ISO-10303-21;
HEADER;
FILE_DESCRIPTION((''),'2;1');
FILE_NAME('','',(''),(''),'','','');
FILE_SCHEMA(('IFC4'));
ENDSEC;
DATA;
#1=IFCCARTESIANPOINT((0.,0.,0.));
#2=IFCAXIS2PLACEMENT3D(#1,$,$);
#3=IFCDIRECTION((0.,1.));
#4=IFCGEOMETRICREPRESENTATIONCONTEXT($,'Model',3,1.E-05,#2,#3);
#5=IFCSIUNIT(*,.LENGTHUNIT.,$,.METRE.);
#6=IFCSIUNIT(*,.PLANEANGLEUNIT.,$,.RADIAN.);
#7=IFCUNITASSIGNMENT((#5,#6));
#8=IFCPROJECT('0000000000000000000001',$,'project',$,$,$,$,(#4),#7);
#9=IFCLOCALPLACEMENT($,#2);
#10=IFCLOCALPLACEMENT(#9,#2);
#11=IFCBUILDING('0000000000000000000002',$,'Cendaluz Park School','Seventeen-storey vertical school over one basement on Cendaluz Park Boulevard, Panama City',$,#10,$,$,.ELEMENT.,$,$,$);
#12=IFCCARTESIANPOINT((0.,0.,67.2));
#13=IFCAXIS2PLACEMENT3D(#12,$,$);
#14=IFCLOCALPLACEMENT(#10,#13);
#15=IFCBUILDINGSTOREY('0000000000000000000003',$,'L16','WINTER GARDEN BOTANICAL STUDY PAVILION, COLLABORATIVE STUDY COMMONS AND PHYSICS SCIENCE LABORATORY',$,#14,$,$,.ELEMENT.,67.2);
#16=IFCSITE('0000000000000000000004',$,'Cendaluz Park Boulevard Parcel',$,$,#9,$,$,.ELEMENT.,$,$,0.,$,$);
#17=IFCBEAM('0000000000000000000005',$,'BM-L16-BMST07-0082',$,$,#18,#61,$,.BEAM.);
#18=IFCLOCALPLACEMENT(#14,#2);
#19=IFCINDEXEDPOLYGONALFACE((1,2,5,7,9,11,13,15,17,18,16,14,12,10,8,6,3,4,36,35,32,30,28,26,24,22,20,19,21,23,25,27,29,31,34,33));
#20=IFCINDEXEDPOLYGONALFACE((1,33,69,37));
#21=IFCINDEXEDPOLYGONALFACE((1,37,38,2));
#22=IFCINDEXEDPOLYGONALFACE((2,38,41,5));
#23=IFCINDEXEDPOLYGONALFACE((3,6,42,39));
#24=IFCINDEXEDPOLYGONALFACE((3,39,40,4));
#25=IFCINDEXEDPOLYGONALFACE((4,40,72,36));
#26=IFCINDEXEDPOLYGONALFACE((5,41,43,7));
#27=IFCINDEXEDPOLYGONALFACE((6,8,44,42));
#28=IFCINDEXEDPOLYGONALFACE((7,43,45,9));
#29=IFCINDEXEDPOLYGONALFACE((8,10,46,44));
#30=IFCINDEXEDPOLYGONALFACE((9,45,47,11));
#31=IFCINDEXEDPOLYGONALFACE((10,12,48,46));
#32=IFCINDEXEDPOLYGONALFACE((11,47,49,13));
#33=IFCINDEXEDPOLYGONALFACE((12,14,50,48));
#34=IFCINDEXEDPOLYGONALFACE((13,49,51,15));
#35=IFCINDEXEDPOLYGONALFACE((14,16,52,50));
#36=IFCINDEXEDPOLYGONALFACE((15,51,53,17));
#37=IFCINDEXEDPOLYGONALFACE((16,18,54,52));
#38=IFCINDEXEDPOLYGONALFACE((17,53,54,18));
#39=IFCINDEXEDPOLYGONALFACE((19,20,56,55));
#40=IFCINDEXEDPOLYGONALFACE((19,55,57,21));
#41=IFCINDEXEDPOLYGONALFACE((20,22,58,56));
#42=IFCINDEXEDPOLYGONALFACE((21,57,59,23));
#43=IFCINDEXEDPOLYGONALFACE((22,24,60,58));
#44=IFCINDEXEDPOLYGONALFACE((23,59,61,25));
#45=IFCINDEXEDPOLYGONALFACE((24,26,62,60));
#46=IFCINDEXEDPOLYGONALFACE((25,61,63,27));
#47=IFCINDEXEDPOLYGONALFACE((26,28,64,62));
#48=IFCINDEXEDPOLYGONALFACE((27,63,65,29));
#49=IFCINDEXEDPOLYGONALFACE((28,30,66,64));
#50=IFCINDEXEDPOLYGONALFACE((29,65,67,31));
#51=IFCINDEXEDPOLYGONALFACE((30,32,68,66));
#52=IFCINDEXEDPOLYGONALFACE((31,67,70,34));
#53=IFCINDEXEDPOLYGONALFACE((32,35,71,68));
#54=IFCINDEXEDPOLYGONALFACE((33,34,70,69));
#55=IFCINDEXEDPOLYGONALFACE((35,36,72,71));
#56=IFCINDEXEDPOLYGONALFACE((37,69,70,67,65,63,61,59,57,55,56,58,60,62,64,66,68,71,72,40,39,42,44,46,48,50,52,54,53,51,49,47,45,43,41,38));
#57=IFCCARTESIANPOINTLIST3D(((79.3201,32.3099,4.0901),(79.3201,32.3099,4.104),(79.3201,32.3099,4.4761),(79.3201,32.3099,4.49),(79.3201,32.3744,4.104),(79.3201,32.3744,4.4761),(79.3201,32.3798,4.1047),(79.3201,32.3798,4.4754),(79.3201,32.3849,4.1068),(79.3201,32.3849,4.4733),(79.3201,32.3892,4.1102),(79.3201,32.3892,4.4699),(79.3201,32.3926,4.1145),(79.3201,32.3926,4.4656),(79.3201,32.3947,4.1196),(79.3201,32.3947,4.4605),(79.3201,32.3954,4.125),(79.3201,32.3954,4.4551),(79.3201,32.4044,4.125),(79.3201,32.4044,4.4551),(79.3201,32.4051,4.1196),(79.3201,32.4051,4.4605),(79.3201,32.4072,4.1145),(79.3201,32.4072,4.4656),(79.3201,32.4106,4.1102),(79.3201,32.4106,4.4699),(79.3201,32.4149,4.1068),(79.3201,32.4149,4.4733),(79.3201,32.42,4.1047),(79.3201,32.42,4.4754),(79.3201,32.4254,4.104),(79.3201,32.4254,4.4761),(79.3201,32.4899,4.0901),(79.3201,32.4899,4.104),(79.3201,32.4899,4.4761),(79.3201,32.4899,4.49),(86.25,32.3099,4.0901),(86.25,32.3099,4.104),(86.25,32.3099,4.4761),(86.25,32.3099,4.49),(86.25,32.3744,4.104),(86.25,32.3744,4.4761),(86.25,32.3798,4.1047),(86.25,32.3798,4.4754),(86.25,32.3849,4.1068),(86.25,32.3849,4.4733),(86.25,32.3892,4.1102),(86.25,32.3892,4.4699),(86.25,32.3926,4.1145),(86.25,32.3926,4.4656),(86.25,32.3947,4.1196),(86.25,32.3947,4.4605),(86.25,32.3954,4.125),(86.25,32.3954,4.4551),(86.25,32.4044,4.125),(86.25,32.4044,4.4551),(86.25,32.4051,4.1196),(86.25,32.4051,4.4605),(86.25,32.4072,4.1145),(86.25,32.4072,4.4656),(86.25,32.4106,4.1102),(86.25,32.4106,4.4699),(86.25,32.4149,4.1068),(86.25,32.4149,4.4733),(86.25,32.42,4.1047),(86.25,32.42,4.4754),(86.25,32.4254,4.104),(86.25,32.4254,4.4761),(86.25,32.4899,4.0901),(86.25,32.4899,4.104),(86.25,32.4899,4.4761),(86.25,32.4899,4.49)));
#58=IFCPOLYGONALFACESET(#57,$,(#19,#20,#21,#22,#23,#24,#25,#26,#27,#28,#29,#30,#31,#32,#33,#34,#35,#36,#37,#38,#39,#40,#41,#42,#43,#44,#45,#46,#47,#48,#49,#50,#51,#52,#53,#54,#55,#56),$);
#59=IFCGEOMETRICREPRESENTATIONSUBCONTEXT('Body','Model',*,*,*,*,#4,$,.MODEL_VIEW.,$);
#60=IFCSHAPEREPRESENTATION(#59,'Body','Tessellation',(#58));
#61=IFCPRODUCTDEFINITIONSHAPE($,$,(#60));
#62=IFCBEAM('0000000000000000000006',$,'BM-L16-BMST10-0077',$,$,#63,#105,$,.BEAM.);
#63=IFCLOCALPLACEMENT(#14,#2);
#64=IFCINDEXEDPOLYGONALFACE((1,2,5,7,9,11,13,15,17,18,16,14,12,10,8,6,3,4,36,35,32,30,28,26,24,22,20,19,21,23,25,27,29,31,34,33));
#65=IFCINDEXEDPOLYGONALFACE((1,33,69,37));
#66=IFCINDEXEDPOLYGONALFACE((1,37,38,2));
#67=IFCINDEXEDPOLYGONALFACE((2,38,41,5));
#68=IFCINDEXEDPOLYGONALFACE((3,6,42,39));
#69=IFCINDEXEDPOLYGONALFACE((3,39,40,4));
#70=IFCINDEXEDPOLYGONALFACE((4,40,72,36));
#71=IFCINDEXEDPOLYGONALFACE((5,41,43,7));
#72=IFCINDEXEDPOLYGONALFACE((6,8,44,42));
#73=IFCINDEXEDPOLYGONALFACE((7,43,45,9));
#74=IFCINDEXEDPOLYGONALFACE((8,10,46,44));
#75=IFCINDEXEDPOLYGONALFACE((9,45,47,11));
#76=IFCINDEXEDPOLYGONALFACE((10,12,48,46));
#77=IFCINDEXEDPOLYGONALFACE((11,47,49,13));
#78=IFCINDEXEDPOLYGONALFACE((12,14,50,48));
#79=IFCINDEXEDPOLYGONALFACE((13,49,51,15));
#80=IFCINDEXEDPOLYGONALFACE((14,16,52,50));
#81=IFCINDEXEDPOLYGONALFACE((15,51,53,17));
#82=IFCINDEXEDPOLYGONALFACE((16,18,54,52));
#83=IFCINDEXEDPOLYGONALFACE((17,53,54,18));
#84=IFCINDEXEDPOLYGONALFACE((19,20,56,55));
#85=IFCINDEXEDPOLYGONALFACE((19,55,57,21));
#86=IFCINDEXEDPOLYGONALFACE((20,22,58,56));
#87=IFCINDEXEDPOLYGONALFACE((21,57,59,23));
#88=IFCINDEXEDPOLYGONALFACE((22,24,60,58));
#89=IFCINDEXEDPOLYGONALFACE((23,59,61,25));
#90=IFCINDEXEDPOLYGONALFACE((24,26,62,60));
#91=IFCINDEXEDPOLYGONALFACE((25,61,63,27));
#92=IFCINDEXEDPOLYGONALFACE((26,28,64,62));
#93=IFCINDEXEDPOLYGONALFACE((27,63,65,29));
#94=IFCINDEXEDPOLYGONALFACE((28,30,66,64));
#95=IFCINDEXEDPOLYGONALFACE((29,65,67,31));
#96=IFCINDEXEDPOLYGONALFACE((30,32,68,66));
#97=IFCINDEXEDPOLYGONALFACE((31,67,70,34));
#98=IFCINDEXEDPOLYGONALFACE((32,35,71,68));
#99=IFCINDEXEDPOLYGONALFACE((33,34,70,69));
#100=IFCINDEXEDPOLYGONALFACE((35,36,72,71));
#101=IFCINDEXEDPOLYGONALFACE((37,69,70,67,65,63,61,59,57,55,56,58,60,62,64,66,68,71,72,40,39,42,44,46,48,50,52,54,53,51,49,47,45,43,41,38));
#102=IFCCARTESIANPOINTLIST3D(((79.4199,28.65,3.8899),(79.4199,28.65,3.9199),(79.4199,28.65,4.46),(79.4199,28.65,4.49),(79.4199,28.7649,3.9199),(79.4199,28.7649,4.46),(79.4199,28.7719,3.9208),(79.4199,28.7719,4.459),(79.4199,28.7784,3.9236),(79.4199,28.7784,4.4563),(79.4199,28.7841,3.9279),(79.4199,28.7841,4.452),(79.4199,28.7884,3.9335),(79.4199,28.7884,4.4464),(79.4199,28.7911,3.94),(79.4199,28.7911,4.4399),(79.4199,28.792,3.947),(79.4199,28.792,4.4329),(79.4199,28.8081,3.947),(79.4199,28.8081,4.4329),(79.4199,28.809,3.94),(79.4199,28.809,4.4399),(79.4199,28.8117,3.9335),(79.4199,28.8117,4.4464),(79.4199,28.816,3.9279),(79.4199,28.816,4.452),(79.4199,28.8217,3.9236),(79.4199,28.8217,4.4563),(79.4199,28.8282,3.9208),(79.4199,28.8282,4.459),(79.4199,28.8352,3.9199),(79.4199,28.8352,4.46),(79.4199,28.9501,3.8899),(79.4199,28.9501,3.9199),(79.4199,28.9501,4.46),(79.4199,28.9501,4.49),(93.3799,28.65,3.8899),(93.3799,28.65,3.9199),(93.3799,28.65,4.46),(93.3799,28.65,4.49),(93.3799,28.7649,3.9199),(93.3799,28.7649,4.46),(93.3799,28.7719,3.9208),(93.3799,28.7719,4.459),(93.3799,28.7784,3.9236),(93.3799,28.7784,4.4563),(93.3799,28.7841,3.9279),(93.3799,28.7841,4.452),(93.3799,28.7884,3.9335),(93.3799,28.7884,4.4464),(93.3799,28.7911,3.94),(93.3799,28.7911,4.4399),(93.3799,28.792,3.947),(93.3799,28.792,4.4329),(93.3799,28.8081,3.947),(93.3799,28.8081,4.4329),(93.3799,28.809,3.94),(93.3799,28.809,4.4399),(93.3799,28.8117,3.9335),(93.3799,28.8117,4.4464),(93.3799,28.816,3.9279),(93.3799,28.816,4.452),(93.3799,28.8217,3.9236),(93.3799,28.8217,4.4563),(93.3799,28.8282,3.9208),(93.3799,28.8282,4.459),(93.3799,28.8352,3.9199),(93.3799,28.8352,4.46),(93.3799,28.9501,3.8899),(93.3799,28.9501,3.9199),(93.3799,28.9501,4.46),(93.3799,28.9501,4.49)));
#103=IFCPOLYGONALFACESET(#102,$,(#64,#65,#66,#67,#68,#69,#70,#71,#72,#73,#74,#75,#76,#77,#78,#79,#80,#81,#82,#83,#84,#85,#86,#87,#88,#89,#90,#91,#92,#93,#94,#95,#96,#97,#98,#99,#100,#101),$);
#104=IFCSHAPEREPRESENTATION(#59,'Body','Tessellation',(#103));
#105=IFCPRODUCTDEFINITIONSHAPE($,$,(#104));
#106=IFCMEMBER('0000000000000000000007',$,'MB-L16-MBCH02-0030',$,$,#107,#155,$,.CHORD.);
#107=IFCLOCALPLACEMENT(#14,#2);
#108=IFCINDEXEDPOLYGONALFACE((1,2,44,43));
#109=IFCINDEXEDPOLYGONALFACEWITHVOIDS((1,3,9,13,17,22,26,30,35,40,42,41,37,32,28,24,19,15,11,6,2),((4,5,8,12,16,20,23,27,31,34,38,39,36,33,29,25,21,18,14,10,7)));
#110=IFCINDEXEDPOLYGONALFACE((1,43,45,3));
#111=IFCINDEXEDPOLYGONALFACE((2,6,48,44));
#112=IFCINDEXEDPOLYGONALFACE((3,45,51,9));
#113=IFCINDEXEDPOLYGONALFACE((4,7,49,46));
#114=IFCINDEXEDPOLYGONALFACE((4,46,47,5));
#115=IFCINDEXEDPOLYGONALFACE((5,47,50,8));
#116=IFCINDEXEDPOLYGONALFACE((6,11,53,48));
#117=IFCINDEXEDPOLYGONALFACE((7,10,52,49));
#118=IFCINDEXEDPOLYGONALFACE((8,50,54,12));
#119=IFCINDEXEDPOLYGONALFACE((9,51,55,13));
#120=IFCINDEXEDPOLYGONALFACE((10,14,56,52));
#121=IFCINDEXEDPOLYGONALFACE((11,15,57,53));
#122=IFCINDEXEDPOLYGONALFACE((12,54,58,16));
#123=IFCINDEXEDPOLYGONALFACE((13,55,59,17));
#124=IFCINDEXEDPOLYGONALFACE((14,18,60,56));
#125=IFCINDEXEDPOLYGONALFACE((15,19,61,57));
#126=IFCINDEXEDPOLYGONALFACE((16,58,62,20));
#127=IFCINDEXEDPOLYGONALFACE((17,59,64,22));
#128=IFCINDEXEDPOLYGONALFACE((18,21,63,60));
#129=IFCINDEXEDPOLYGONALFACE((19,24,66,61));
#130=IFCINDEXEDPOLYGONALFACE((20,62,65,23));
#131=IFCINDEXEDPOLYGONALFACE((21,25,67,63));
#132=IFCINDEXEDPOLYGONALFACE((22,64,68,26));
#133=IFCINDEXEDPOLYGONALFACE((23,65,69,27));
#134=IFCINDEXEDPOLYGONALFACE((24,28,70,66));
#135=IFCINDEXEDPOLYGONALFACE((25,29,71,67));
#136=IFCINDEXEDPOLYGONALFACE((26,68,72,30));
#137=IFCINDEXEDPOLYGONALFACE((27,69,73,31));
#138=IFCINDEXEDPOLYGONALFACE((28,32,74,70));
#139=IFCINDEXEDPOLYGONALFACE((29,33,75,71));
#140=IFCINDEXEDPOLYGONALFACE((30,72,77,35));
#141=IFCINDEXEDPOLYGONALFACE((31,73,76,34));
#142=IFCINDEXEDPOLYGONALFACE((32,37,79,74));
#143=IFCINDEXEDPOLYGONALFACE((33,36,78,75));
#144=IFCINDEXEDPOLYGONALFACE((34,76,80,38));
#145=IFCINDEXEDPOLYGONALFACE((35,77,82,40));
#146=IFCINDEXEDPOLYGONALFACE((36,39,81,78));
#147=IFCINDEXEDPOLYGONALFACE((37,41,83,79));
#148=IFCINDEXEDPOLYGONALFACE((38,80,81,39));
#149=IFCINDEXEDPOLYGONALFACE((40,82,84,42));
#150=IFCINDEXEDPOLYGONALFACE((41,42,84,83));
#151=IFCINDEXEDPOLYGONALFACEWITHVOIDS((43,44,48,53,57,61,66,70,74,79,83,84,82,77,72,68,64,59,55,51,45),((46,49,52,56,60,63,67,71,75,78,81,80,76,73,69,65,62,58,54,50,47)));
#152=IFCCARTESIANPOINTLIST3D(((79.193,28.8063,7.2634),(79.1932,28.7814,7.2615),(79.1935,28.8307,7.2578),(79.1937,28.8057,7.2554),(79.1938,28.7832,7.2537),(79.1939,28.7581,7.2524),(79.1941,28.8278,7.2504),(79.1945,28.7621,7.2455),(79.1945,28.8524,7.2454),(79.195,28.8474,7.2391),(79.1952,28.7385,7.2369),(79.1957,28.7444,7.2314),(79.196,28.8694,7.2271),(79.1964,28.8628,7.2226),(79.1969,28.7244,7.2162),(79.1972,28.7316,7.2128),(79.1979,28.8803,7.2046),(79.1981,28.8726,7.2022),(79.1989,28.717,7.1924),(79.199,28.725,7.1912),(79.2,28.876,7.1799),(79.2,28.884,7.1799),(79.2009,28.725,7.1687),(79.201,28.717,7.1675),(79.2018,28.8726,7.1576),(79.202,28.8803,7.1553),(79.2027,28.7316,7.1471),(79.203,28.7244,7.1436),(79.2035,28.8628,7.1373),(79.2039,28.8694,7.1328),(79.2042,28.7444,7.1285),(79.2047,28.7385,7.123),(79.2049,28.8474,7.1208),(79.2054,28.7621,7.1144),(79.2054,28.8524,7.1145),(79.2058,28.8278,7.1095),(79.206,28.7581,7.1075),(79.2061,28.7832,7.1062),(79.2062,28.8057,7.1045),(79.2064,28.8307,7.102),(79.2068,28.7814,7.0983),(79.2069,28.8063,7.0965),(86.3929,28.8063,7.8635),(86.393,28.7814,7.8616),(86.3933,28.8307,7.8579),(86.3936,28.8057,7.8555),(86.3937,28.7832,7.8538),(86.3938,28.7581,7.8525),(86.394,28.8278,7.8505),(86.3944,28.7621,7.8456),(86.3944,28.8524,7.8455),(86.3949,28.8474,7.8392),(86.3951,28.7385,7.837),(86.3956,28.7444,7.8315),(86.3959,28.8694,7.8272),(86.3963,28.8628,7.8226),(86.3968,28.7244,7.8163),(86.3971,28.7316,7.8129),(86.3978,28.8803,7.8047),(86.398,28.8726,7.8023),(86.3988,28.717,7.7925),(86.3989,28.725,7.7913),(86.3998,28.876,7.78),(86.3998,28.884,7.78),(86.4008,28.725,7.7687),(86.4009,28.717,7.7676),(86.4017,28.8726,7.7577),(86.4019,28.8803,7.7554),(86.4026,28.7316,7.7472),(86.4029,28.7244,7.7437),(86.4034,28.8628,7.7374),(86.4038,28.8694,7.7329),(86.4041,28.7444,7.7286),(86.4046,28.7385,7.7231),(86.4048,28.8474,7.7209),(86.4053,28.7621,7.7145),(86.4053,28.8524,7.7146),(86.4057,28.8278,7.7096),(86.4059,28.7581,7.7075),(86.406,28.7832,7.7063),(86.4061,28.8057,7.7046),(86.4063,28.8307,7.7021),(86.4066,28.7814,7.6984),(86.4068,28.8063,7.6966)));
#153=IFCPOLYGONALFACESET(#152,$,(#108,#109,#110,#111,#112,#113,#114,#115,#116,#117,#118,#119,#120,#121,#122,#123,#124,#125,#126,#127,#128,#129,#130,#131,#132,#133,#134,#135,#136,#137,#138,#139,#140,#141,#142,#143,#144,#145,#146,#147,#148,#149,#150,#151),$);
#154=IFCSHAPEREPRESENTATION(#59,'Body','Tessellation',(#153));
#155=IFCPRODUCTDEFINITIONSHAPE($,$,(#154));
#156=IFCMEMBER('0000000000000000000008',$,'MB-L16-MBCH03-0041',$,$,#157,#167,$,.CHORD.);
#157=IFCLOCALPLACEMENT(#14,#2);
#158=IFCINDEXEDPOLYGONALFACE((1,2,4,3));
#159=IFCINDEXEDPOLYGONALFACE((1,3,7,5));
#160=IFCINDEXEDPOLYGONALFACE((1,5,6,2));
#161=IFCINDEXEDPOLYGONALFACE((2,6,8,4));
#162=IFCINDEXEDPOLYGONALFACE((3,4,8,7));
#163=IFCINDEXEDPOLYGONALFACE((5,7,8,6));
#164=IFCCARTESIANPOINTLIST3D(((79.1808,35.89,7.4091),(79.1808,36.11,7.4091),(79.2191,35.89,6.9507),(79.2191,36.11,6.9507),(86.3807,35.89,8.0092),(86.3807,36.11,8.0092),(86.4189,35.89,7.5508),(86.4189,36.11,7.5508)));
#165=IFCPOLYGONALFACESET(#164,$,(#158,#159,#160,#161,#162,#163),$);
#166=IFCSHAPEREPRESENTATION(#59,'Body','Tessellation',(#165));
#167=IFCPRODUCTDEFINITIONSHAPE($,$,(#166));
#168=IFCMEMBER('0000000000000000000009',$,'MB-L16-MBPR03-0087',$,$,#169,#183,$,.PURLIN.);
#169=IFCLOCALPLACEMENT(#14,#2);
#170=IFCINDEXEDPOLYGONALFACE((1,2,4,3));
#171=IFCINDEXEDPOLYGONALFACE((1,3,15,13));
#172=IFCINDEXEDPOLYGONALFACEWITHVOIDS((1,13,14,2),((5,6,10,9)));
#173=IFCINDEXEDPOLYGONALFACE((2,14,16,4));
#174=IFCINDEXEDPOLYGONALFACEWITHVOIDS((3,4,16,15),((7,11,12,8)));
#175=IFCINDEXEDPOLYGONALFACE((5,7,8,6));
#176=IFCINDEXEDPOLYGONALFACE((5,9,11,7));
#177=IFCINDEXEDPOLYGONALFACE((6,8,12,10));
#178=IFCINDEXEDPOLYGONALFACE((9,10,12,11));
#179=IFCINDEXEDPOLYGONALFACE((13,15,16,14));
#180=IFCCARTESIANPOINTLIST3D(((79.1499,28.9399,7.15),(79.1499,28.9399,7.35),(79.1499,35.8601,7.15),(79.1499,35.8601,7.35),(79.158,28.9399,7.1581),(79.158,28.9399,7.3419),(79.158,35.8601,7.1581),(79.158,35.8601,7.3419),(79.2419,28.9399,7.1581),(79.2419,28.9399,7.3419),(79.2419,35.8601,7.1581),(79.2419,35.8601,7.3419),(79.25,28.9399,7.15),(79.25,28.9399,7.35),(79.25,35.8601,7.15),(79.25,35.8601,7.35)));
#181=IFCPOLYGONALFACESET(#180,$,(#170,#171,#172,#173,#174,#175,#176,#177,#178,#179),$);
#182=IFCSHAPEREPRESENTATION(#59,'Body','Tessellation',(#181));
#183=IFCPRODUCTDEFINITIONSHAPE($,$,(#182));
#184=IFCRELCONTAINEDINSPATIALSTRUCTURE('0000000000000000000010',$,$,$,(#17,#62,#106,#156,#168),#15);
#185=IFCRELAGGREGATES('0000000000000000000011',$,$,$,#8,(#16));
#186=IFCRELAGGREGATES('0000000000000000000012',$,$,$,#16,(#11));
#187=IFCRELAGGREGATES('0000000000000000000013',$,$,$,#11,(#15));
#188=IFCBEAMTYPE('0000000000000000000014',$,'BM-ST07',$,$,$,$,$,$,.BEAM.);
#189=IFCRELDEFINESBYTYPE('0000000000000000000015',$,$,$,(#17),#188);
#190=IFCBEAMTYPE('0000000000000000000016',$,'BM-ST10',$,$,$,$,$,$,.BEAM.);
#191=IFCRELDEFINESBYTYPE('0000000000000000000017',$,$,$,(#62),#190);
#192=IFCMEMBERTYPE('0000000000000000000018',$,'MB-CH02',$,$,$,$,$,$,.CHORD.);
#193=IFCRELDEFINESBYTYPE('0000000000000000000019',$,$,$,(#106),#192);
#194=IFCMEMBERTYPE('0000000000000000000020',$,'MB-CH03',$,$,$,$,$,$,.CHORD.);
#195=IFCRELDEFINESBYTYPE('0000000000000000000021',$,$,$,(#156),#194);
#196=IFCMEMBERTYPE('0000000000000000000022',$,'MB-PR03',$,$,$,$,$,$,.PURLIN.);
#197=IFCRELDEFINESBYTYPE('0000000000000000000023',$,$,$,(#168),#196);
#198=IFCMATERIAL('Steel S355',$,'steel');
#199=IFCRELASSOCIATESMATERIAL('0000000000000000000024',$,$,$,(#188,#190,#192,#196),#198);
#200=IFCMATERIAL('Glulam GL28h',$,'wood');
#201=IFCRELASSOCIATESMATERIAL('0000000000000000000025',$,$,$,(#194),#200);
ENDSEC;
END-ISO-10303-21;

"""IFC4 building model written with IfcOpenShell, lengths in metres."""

from ifc_helpers import new_model, si_unit, direction, frame, origin, origin_2d, place, context, subcontext, project, spatial, rectangle, hollow_rectangle, hollow_circle, i_section, extrude, material, material_profile, profile_set, type_object, element, save


model = new_model("IFC4")

# Units and contexts
model_context = context("Model", 3, precision=1e-05, world=origin(), true_north=direction((0.0, 1.0)))
body_context = subcontext(model_context, "Body", "Model", "MODEL_VIEW")
ifc_project = project(units=[si_unit("LENGTHUNIT", "METRE"), si_unit("PLANEANGLEUNIT", "RADIAN")], contexts=[model_context])

# Site, building, storey
site_placement = place(None, origin())
site = spatial("IfcSite", under=ifc_project, at=site_placement, Name="Cendaluz Park Boulevard Parcel", CompositionType="ELEMENT", RefElevation=0.0)
building_placement = place(site_placement, origin())
building = spatial("IfcBuilding", under=site, at=building_placement, Name="Cendaluz Park School", Description="Seventeen-storey vertical school over one basement on Cendaluz Park Boulevard, Panama City", CompositionType="ELEMENT")
storey_placement = place(building_placement, frame((0.0, 0.0, 67.2)))
storey = spatial("IfcBuildingStorey", under=building, at=storey_placement, Name="L16", Description="WINTER GARDEN BOTANICAL STUDY PAVILION, COLLABORATIVE STUDY COMMONS AND PHYSICS SCIENCE LABORATORY", CompositionType="ELEMENT", Elevation=67.2)

# Beams
ifc_material_1 = material(Name="Steel S355", Category="steel")
ifc_material_profile_1 = material_profile(ifc_material_1, i_section(OverallWidth=0.1799, OverallDepth=0.3999, WebThickness=0.009, FlangeThickness=0.0139, FilletRadius=0.021, at=origin_2d()), Name="IPE 400", Category="steel")
ifc_profile_set_1 = profile_set([ifc_material_profile_1], Name="Steel S355")
beam_type_1 = type_object("IfcBeamType", Name="BM-ST07", PredefinedType="BEAM", material=ifc_profile_set_1)
beam_1_placement = place(storey_placement, frame((79.3201, 32.3999, 4.29), z_axis=(1.0, 0.0, 0.0), x_axis=(0.0, 1.0, 0.0)))
element("IfcBeam", 1, at=beam_1_placement, inside=storey, type_object=beam_type_1, Name="BM-L16-BMST07-0082", PredefinedType="BEAM", context=body_context, shape_type="SweptSolid", body=[
    extrude(i_section(OverallWidth=0.1799, OverallDepth=0.3999, WebThickness=0.009, FlangeThickness=0.0139, FilletRadius=0.021, at=origin_2d()), origin(), (0.0, 0.0, 1.0), 6.9299),
])
ifc_material_profile_2 = material_profile(ifc_material_1, i_section(OverallWidth=0.3, OverallDepth=0.6001, WebThickness=0.0161, FlangeThickness=0.03, FilletRadius=0.0271, at=origin_2d()), Name="HEB 600", Category="steel")
ifc_profile_set_2 = profile_set([ifc_material_profile_2], Name="Steel S355")
beam_type_2 = type_object("IfcBeamType", Name="BM-ST10", PredefinedType="BEAM", material=ifc_profile_set_2)
beam_2_placement = place(storey_placement, frame((79.4199, 28.8, 4.1899), z_axis=(1.0, 0.0, 0.0), x_axis=(0.0, 1.0, 0.0)))
element("IfcBeam", 2, at=beam_2_placement, inside=storey, type_object=beam_type_2, Name="BM-L16-BMST10-0077", PredefinedType="BEAM", context=body_context, shape_type="SweptSolid", body=[
    extrude(i_section(OverallWidth=0.3, OverallDepth=0.6001, WebThickness=0.0161, FlangeThickness=0.03, FilletRadius=0.0271, at=origin_2d()), origin(), (0.0, 0.0, 1.0), 13.96),
])

# Members
ifc_material_profile_3 = material_profile(ifc_material_1, hollow_circle(Radius=0.084, WallThickness=0.0081, at=origin_2d()), Name="CHS 168x8", Category="steel")
ifc_profile_set_3 = profile_set([ifc_material_profile_3], Name="Steel S355")
member_type_1 = type_object("IfcMemberType", Name="MB-CH02", PredefinedType="CHORD", material=ifc_profile_set_3)
member_1_placement = place(storey_placement, frame((79.2, 28.8, 7.1799), z_axis=(0.996545, 0.0, 0.083059), x_axis=(0.0, 1.0, 0.0)))
element("IfcMember", 3, at=member_1_placement, inside=storey, type_object=member_type_1, Name="MB-L16-MBCH02-0030", PredefinedType="CHORD", context=body_context, shape_type="SweptSolid", body=[
    extrude(hollow_circle(Radius=0.084, WallThickness=0.0081, at=origin_2d()), origin(), (0.0, 0.0, 1.0), 7.2249),
])
ifc_material_2 = material(Name="Glulam GL28h", Category="wood")
ifc_material_profile_4 = material_profile(ifc_material_2, rectangle(XDim=0.22, YDim=0.46, at=origin_2d()), Name="GL28h 220x460", Category="wood")
ifc_profile_set_4 = profile_set([ifc_material_profile_4], Name="Glulam GL28h")
member_type_2 = type_object("IfcMemberType", Name="MB-CH03", PredefinedType="CHORD", material=ifc_profile_set_4)
member_2_placement = place(storey_placement, frame((79.2, 36.0, 7.1799), z_axis=(0.996545, 0.0, 0.083059), x_axis=(0.0, 1.0, 0.0)))
element("IfcMember", 4, at=member_2_placement, inside=storey, type_object=member_type_2, Name="MB-L16-MBCH03-0041", PredefinedType="CHORD", context=body_context, shape_type="SweptSolid", body=[
    extrude(rectangle(XDim=0.22, YDim=0.46, at=origin_2d()), origin(), (0.0, 0.0, 1.0), 7.2249),
])
ifc_material_profile_5 = material_profile(ifc_material_1, hollow_rectangle(XDim=0.1001, YDim=0.2, WallThickness=0.0081, at=origin_2d()), Name="RHS 200x100x8", Category="steel")
ifc_profile_set_5 = profile_set([ifc_material_profile_5], Name="Steel S355")
member_type_3 = type_object("IfcMemberType", Name="MB-PR03", PredefinedType="PURLIN", material=ifc_profile_set_5)
member_3_placement = place(storey_placement, frame((79.2, 28.9399, 7.25), z_axis=(0.0, 1.0, 0.0), x_axis=(-1.0, 0.0, 0.0)))
element("IfcMember", 5, at=member_3_placement, inside=storey, type_object=member_type_3, Name="MB-L16-MBPR03-0087", PredefinedType="PURLIN", context=body_context, shape_type="SweptSolid", body=[
    extrude(hollow_rectangle(XDim=0.1001, YDim=0.2, WallThickness=0.0081, at=origin_2d()), origin(), (0.0, 0.0, 1.0), 6.9202),
])

save(model, "model.ifc")
